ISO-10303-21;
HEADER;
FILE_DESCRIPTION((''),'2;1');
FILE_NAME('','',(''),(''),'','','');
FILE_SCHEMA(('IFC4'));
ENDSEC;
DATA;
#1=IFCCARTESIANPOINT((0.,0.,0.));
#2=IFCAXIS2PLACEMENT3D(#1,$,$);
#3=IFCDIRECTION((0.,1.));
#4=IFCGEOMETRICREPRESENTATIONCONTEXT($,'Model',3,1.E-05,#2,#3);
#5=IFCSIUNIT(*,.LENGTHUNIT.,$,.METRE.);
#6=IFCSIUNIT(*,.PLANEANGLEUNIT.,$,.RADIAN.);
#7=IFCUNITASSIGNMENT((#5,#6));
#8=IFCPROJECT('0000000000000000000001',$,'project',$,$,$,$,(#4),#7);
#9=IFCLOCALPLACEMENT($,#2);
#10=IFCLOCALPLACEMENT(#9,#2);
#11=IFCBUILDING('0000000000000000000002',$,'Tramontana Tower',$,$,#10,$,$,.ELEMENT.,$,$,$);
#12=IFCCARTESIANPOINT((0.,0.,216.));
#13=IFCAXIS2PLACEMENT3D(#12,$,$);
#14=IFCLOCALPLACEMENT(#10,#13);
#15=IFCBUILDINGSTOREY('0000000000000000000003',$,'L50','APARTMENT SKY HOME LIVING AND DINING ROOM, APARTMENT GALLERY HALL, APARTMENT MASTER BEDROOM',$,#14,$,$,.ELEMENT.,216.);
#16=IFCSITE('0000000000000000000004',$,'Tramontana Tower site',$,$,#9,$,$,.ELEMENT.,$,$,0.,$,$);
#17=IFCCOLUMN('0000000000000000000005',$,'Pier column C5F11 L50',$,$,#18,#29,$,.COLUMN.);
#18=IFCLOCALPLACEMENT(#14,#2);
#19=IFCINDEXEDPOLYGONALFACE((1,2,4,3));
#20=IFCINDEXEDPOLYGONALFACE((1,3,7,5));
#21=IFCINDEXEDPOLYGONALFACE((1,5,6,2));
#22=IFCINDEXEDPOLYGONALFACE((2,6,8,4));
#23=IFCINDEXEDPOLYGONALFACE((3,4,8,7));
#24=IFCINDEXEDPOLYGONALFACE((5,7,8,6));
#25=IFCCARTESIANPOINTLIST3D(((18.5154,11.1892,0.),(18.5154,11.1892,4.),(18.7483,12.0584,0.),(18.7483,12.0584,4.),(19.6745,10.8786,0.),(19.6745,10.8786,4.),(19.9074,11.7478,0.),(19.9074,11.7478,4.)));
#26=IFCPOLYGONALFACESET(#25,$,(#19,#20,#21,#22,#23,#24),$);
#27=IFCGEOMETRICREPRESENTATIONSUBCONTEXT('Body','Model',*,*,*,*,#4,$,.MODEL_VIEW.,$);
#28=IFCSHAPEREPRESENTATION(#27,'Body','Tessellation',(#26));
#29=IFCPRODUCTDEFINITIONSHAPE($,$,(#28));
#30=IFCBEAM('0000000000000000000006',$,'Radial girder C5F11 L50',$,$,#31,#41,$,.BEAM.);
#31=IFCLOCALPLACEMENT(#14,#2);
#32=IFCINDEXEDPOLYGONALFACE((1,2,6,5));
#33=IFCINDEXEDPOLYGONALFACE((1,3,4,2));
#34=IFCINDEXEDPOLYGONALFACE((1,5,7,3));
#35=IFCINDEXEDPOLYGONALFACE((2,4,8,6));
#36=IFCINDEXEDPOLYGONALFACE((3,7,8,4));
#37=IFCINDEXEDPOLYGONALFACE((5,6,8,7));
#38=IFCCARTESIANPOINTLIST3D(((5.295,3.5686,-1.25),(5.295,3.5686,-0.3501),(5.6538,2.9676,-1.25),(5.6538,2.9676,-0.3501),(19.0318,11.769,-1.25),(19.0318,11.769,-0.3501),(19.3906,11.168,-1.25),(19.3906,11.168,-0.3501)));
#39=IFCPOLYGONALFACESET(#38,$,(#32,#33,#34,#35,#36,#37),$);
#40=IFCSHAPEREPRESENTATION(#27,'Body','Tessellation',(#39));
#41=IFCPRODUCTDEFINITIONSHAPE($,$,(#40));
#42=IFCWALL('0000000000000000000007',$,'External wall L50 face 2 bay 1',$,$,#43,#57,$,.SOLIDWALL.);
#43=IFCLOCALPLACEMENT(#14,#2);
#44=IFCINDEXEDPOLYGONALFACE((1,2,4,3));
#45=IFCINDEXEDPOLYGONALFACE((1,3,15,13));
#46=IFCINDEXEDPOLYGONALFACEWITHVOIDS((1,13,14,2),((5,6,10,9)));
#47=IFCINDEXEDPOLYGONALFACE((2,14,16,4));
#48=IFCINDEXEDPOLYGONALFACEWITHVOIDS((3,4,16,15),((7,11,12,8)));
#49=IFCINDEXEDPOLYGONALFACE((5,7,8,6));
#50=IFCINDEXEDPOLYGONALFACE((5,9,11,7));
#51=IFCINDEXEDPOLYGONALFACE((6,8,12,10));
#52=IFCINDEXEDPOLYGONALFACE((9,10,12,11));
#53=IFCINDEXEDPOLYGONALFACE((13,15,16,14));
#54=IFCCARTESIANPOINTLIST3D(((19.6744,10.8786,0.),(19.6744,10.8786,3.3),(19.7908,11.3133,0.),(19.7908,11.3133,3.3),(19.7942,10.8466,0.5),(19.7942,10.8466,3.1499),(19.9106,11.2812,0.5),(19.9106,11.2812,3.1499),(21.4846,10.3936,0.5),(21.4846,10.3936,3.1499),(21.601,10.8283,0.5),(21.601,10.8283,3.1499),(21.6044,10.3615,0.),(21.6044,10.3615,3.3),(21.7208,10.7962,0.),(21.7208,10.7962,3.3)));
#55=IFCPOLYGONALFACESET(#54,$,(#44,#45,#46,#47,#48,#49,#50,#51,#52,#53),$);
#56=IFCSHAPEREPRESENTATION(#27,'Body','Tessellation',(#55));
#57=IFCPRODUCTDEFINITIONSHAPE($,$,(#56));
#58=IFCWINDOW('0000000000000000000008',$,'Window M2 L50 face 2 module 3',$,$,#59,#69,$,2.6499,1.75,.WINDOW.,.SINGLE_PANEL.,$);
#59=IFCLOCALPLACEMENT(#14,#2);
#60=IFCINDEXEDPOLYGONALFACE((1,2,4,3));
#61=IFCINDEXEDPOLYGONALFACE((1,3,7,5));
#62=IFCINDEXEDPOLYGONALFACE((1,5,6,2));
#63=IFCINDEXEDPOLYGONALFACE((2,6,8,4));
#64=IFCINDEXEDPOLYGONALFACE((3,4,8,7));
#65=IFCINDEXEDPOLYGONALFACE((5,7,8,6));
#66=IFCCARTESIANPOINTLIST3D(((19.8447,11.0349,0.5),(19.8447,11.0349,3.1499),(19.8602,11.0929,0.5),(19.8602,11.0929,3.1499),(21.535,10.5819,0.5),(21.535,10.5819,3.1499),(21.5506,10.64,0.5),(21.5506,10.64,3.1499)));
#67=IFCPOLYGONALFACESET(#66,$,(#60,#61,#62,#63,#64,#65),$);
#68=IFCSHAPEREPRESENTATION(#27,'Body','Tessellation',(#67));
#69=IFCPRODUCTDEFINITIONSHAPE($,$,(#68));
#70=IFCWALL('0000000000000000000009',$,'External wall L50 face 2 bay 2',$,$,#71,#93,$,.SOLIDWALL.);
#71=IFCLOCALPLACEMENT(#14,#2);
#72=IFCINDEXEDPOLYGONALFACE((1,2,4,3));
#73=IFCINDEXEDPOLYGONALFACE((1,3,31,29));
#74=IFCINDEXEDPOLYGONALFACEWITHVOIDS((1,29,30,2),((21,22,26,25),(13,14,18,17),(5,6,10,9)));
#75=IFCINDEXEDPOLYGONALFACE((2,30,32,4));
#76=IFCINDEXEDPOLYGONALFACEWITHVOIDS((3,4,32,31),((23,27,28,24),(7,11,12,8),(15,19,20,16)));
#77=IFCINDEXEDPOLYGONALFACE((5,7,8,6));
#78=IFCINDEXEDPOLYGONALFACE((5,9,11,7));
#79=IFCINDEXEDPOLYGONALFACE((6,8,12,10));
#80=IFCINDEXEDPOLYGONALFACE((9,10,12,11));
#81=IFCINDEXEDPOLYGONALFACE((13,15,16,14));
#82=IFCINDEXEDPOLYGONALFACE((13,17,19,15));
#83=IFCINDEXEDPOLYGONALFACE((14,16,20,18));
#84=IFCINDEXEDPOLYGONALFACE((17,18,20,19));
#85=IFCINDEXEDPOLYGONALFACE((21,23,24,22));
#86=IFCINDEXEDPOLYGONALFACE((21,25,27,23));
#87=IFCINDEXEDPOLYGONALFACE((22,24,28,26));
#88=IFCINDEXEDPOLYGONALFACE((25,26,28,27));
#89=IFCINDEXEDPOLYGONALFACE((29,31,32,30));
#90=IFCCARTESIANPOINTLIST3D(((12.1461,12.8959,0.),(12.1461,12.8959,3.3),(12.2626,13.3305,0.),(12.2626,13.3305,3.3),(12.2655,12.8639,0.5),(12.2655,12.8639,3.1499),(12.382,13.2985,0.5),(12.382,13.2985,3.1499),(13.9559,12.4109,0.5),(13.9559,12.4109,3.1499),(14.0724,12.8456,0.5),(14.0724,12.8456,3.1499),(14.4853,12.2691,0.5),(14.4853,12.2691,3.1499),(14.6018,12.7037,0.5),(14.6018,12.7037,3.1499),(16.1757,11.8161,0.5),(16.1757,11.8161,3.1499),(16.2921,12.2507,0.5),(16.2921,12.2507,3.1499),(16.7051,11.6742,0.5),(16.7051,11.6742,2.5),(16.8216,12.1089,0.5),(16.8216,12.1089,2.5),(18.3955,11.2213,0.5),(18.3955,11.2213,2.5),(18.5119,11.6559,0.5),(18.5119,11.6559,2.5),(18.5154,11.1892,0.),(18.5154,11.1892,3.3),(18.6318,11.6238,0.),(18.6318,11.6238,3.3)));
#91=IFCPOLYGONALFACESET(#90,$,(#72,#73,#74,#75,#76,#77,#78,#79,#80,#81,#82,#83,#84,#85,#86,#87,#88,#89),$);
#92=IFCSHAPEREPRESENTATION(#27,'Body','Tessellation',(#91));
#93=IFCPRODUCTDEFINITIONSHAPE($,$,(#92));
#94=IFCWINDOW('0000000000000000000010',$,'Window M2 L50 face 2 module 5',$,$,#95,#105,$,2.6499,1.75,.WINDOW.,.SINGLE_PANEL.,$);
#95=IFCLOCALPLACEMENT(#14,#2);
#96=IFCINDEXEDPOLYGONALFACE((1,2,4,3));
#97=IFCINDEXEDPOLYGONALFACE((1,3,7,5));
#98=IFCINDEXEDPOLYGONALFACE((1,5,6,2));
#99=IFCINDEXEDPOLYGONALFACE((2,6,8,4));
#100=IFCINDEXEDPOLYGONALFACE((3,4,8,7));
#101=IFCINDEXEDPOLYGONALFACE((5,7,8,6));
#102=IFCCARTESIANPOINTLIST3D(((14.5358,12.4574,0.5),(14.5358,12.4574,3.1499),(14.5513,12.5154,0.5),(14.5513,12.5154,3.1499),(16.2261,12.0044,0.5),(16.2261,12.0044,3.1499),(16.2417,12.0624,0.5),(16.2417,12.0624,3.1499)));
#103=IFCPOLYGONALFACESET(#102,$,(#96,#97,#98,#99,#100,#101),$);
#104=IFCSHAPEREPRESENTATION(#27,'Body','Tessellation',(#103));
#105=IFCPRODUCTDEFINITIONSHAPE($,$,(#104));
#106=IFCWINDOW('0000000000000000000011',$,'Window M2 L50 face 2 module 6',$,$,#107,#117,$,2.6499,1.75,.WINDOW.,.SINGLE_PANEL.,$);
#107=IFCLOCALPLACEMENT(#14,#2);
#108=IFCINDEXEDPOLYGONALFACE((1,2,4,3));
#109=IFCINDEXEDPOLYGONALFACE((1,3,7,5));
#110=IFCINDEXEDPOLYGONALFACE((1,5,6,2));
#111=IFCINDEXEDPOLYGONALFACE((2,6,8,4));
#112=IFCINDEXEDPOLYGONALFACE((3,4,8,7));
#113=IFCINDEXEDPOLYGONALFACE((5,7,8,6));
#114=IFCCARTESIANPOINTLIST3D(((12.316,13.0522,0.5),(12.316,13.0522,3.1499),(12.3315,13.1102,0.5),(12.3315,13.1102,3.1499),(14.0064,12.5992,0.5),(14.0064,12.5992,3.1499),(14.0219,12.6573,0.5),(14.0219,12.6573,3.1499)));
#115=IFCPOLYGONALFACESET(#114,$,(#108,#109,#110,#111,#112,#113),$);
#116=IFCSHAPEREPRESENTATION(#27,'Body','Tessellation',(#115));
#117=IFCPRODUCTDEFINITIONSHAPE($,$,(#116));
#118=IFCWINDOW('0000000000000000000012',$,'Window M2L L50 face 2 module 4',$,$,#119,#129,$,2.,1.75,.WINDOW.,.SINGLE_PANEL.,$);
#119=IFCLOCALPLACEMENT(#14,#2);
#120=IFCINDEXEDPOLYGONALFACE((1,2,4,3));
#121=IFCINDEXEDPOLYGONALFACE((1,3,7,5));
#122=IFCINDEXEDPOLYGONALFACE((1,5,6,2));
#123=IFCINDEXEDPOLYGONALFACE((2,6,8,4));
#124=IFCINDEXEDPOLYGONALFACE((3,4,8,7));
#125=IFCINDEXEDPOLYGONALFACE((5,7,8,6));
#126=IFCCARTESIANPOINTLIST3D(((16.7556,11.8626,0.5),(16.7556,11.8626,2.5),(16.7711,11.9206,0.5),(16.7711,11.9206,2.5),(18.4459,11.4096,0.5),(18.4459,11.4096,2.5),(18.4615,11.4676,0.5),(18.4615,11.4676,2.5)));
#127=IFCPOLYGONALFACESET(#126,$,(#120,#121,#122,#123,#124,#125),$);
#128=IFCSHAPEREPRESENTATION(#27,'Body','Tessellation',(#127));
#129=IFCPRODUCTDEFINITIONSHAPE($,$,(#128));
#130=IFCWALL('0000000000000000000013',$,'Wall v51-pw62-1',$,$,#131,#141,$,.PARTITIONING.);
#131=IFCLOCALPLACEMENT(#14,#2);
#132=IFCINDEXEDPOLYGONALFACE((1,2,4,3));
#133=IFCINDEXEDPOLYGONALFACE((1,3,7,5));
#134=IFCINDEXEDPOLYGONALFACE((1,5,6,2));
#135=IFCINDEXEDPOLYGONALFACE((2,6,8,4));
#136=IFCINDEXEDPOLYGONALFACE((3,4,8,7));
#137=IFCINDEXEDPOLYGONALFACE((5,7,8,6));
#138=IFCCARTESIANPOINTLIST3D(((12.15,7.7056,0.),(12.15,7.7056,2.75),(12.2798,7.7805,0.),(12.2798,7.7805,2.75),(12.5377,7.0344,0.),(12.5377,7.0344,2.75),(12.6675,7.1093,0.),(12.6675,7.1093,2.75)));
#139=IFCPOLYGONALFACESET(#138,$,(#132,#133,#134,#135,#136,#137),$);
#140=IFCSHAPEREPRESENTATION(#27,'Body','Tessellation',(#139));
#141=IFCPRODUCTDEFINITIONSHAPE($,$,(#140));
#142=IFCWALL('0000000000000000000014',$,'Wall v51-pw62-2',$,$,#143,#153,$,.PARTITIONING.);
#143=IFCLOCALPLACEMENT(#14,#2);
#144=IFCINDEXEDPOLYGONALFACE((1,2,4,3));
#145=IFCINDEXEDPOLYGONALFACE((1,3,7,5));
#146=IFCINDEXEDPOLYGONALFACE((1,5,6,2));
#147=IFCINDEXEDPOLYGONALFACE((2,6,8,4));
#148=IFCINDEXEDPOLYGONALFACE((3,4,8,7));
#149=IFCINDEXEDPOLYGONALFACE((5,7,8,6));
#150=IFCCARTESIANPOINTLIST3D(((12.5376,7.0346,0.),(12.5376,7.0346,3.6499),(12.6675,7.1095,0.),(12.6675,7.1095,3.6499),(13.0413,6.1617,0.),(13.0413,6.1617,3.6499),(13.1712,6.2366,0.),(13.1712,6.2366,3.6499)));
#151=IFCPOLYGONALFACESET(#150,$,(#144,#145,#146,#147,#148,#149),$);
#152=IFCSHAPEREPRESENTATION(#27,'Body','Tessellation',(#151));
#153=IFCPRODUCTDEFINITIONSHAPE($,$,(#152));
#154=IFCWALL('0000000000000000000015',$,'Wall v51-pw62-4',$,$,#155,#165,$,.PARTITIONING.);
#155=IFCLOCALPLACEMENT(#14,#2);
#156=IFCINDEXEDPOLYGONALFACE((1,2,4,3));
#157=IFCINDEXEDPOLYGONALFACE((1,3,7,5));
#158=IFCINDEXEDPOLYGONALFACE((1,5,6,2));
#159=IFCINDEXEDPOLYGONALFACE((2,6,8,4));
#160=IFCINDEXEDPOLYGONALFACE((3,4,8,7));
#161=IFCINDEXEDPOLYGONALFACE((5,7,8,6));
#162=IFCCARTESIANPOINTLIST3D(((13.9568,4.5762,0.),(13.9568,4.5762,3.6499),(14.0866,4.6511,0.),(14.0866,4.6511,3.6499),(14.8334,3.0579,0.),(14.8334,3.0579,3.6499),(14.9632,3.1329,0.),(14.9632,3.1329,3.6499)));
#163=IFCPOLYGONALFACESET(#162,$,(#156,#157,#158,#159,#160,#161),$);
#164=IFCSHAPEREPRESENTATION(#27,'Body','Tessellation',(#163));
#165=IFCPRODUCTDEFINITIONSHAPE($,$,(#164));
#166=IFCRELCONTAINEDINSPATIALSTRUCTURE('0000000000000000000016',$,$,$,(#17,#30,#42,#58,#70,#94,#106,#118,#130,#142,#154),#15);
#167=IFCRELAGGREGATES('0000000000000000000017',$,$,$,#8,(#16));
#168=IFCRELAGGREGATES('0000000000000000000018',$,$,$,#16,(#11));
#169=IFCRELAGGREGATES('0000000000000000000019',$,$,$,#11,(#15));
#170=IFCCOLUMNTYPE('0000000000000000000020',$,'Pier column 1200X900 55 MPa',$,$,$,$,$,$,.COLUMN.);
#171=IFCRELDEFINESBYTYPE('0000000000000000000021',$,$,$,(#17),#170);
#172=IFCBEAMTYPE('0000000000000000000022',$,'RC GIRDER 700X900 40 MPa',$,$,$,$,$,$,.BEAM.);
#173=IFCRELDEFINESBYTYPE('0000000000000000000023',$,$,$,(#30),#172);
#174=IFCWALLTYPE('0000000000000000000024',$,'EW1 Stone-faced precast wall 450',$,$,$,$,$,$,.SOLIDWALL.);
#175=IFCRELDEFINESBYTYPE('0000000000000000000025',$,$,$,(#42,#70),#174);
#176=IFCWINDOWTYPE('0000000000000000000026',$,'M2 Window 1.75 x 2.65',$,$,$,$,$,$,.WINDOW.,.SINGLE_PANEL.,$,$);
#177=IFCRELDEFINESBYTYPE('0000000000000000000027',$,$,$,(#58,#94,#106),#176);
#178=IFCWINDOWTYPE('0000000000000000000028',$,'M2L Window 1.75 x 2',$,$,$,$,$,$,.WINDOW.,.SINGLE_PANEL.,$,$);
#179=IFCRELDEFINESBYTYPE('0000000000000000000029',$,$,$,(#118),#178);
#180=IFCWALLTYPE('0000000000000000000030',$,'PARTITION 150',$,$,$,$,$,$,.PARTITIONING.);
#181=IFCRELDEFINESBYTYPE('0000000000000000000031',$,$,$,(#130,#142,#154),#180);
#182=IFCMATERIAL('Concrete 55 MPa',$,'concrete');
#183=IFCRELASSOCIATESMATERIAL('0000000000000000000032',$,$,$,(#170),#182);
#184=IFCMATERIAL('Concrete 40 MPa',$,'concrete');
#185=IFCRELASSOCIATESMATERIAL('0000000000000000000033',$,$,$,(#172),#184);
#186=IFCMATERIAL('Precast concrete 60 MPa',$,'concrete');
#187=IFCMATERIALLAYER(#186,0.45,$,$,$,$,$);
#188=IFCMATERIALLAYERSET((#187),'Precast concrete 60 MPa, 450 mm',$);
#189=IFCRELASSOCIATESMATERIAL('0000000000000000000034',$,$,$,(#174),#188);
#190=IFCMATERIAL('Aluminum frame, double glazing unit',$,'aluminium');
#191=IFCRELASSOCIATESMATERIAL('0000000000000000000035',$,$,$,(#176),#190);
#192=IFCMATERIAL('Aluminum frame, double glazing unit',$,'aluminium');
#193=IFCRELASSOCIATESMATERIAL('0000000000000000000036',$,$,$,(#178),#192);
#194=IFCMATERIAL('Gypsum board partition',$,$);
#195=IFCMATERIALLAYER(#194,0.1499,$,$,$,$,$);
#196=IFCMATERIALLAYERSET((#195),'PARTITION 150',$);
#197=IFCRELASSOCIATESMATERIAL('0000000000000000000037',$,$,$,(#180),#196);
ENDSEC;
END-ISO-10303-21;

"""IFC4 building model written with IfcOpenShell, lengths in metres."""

from ifc_helpers import new_model, si_unit, direction, frame, frame_2d, origin, origin_2d, place, context, subcontext, project, spatial, rectangle, extrude, material, layer, layer_set, material_profile, profile_set, type_object, element, fill, save


model = new_model("IFC4")

# Units and contexts
model_context = context("Model", 3, precision=1e-05, world=origin(), true_north=direction((0.0, 1.0)))
body_context = subcontext(model_context, "Body", "Model", "MODEL_VIEW")
ifc_project = project(units=[si_unit("LENGTHUNIT", "METRE"), si_unit("PLANEANGLEUNIT", "RADIAN")], contexts=[model_context])

# Site, building, storey
site_placement = place(None, origin())
site = spatial("IfcSite", under=ifc_project, at=site_placement, Name="Tramontana Tower site", CompositionType="ELEMENT", RefElevation=0.0)
building_placement = place(site_placement, origin())
building = spatial("IfcBuilding", under=site, at=building_placement, Name="Tramontana Tower", CompositionType="ELEMENT")
storey_placement = place(building_placement, frame((0.0, 0.0, 216.0)))
storey = spatial("IfcBuildingStorey", under=building, at=storey_placement, Name="L50", Description="APARTMENT SKY HOME LIVING AND DINING ROOM, APARTMENT GALLERY HALL, APARTMENT MASTER BEDROOM", CompositionType="ELEMENT", Elevation=216.0)

# Column
ifc_material_1 = material(Name="Concrete 55 MPa", Category="concrete")
ifc_material_profile_1 = material_profile(ifc_material_1, rectangle(XDim=1.2, YDim=0.8999, at=origin_2d()), Name="Pier column 1200X900 55 MPa")
ifc_profile_set_1 = profile_set([ifc_material_profile_1], Name="Concrete 55 MPa")
column_type = type_object("IfcColumnType", Name="Pier column 1200X900 55 MPa", PredefinedType="COLUMN", material=ifc_profile_set_1)
column_placement = place(storey_placement, frame((19.2114, 11.4685, 0.0), z_axis=(0.0, 0.0, 1.0), x_axis=(-0.965926, 0.258819, 0.0)))
element("IfcColumn", 1, at=column_placement, inside=storey, type_object=column_type, Name="Pier column C5F11 L50", PredefinedType="COLUMN", context=body_context, shape_type="SweptSolid", body=[
    extrude(rectangle(XDim=1.2, YDim=0.8999, at=origin_2d()), origin(), (0.0, 0.0, 1.0), 4.0),
])

# Beam
ifc_material_2 = material(Name="Concrete 40 MPa", Category="concrete")
ifc_material_profile_2 = material_profile(ifc_material_2, rectangle(XDim=0.7, YDim=0.8999, at=origin_2d()), Name="RC GIRDER 700X900 40 MPa")
ifc_profile_set_2 = profile_set([ifc_material_profile_2], Name="Concrete 40 MPa")
beam_type = type_object("IfcBeamType", Name="RC GIRDER 700X900 40 MPa", PredefinedType="BEAM", material=ifc_profile_set_2)
beam_placement = place(storey_placement, frame((19.2112, 11.4685, -0.8), z_axis=(-0.858639, -0.51258, 0.0), x_axis=(0.51258, -0.858639, 0.0)))
element("IfcBeam", 2, at=beam_placement, inside=storey, type_object=beam_type, Name="Radial girder C5F11 L50", PredefinedType="BEAM", context=body_context, shape_type="SweptSolid", body=[
    extrude(rectangle(XDim=0.7, YDim=0.8999, at=origin_2d()), origin(), (0.0, 0.0, 1.0), 15.9983),
])

# Wall, opening, window
ifc_material_3 = material(Name="Precast concrete 60 MPa", Category="concrete")
ifc_layer_1 = layer(ifc_material_3, 0.45)
ifc_layer_set_1 = layer_set([ifc_layer_1], Name="Precast concrete 60 MPa, 450 mm")
wall_type_1 = type_object("IfcWallType", Name="EW1 Stone-faced precast wall 450", PredefinedType="SOLIDWALL", material=ifc_layer_set_1)
wall_1_placement = place(storey_placement, frame((21.6626, 10.5789, 0.0), z_axis=(0.0, 0.0, 1.0), x_axis=(-0.96593, 0.258803, 0.0)))
wall_1 = element("IfcWall", 3, at=wall_1_placement, inside=storey, type_object=wall_type_1, Name="External wall L50 face 2 bay 1", PredefinedType="SOLIDWALL", context=body_context, shape_type="SweptSolid", body=[
    extrude(rectangle(XDim=1.998, YDim=0.45, at=frame_2d((0.999, 0.0))), origin(), (0.0, 0.0, 1.0), 3.3),
])
opening_1_placement = place(wall_1_placement, frame((0.124, 0.0, 0.5)))
opening_1 = element("IfcOpeningElement", 4, at=opening_1_placement, cuts=wall_1, PredefinedType="OPENING", context=body_context, shape_type="SweptSolid", body=[
    extrude(rectangle(XDim=1.75, YDim=2.6499, at=frame_2d((0.875, 1.325))), frame((0.0, 0.2349, 0.0), z_axis=(0.0, -1.0, 0.0), x_axis=(1.0, 0.0, 0.0)), (0.0, 0.0, 1.0), 0.47),
])
ifc_material_4 = material(Name="Aluminum frame, double glazing unit", Category="aluminium")
window_type_1 = type_object("IfcWindowType", Name="M2 Window 1.75 x 2.65", PartitioningType="SINGLE_PANEL", PredefinedType="WINDOW", material=ifc_material_4)
window_1_placement = place(opening_1_placement, origin())
window_1 = element("IfcWindow", 5, at=window_1_placement, inside=storey, type_object=window_type_1, Name="Window M2 L50 face 2 module 3", OverallHeight=2.6499, OverallWidth=1.75, PartitioningType="SINGLE_PANEL", PredefinedType="WINDOW", context=body_context, shape_type="SweptSolid", body=[
    extrude(rectangle(XDim=1.75, YDim=2.6499, at=frame_2d((0.875, 1.325))), frame((0.0, 0.03, 0.0), z_axis=(0.0, -1.0, 0.0), x_axis=(1.0, 0.0, 0.0)), (0.0, 0.0, 1.0), 0.0601),
])
fill(opening_1, window_1)

# Wall, openings, windows
wall_2_placement = place(storey_placement, frame((18.5735, 11.4065, 0.0), z_axis=(0.0, 0.0, 1.0), x_axis=(-0.965921, 0.258835, 0.0)))
wall_2 = element("IfcWall", 6, at=wall_2_placement, inside=storey, type_object=wall_type_1, Name="External wall L50 face 2 bay 2", PredefinedType="SOLIDWALL", context=body_context, shape_type="SweptSolid", body=[
    extrude(rectangle(XDim=6.594, YDim=0.45, at=frame_2d((3.2969, 0.0))), origin(), (0.0, 0.0, 1.0), 3.3),
])
opening_2_placement = place(wall_2_placement, frame((0.124, 0.0, 0.5)))
opening_2 = element("IfcOpeningElement", 7, at=opening_2_placement, cuts=wall_2, PredefinedType="OPENING", context=body_context, shape_type="SweptSolid", body=[
    extrude(rectangle(XDim=1.75, YDim=2.0, at=frame_2d((0.875, 1.0))), frame((0.0, 0.2349, 0.0), z_axis=(0.0, -1.0, 0.0), x_axis=(1.0, 0.0, 0.0)), (0.0, 0.0, 1.0), 0.47),
])
opening_3_placement = place(wall_2_placement, frame((2.4221, 0.0, 0.5)))
opening_3 = element("IfcOpeningElement", 8, at=opening_3_placement, cuts=wall_2, PredefinedType="OPENING", context=body_context, shape_type="SweptSolid", body=[
    extrude(rectangle(XDim=1.75, YDim=2.6499, at=frame_2d((0.875, 1.325))), frame((0.0, 0.2349, 0.0), z_axis=(0.0, -1.0, 0.0), x_axis=(1.0, 0.0, 0.0)), (0.0, 0.0, 1.0), 0.47),
])
opening_4_placement = place(wall_2_placement, frame((4.7202, 0.0, 0.5)))
opening_4 = element("IfcOpeningElement", 9, at=opening_4_placement, cuts=wall_2, PredefinedType="OPENING", context=body_context, shape_type="SweptSolid", body=[
    extrude(rectangle(XDim=1.75, YDim=2.6499, at=frame_2d((0.875, 1.325))), frame((0.0, 0.2349, 0.0), z_axis=(0.0, -1.0, 0.0), x_axis=(1.0, 0.0, 0.0)), (0.0, 0.0, 1.0), 0.47),
])
window_2_placement = place(opening_3_placement, origin())
window_2 = element("IfcWindow", 10, at=window_2_placement, inside=storey, type_object=window_type_1, Name="Window M2 L50 face 2 module 5", OverallHeight=2.6499, OverallWidth=1.75, PartitioningType="SINGLE_PANEL", PredefinedType="WINDOW", context=body_context, shape_type="SweptSolid", body=[
    extrude(rectangle(XDim=1.75, YDim=2.6499, at=frame_2d((0.875, 1.325))), frame((0.0, 0.03, 0.0), z_axis=(0.0, -1.0, 0.0), x_axis=(1.0, 0.0, 0.0)), (0.0, 0.0, 1.0), 0.0601),
])
fill(opening_3, window_2)
window_3_placement = place(opening_4_placement, origin())
window_3 = element("IfcWindow", 11, at=window_3_placement, inside=storey, type_object=window_type_1, Name="Window M2 L50 face 2 module 6", OverallHeight=2.6499, OverallWidth=1.75, PartitioningType="SINGLE_PANEL", PredefinedType="WINDOW", context=body_context, shape_type="SweptSolid", body=[
    extrude(rectangle(XDim=1.75, YDim=2.6499, at=frame_2d((0.875, 1.325))), frame((0.0, 0.03, 0.0), z_axis=(0.0, -1.0, 0.0), x_axis=(1.0, 0.0, 0.0)), (0.0, 0.0, 1.0), 0.0601),
])
fill(opening_4, window_3)
ifc_material_5 = material(Name="Aluminum frame, double glazing unit", Category="aluminium")
window_type_2 = type_object("IfcWindowType", Name="M2L Window 1.75 x 2", PartitioningType="SINGLE_PANEL", PredefinedType="WINDOW", material=ifc_material_5)
window_4_placement = place(opening_2_placement, origin())
window_4 = element("IfcWindow", 12, at=window_4_placement, inside=storey, type_object=window_type_2, Name="Window M2L L50 face 2 module 4", OverallHeight=2.0, OverallWidth=1.75, PartitioningType="SINGLE_PANEL", PredefinedType="WINDOW", context=body_context, shape_type="SweptSolid", body=[
    extrude(rectangle(XDim=1.75, YDim=2.0, at=frame_2d((0.875, 1.0))), frame((0.0, 0.03, 0.0), z_axis=(0.0, -1.0, 0.0), x_axis=(1.0, 0.0, 0.0)), (0.0, 0.0, 1.0), 0.0601),
])
fill(opening_2, window_4)

# Walls
ifc_material_6 = material(Name="Gypsum board partition")
ifc_layer_2 = layer(ifc_material_6, 0.1499)
ifc_layer_set_2 = layer_set([ifc_layer_2], Name="PARTITION 150")
wall_type_2 = type_object("IfcWallType", Name="PARTITION 150", PredefinedType="PARTITIONING", material=ifc_layer_set_2)
wall_3_placement = place(storey_placement, frame((12.2148, 7.7432, 0.0), z_axis=(0.0, 0.0, 1.0), x_axis=(0.500204, -0.865908, 0.0)))
element("IfcWall", 13, at=wall_3_placement, inside=storey, type_object=wall_type_2, Name="Wall v51-pw62-1", PredefinedType="PARTITIONING", context=body_context, shape_type="SweptSolid", body=[
    extrude(rectangle(XDim=0.7751, YDim=0.1499, at=frame_2d((0.3877, 0.0))), origin(), (0.0, 0.0, 1.0), 2.75),
])
wall_4_placement = place(storey_placement, frame((12.6025, 7.072, 0.0), z_axis=(0.0, 0.0, 1.0), x_axis=(0.499813, -0.866133, 0.0)))
element("IfcWall", 14, at=wall_4_placement, inside=storey, type_object=wall_type_2, Name="Wall v51-pw62-2", PredefinedType="PARTITIONING", context=body_context, shape_type="SweptSolid", body=[
    extrude(rectangle(XDim=1.0078, YDim=0.1499, at=frame_2d((0.5039, 0.0))), origin(), (0.0, 0.0, 1.0), 3.6499),
])

# Wall
wall_5_placement = place(storey_placement, frame((14.0217, 4.6135, 0.0), z_axis=(0.0, 0.0, 1.0), x_axis=(0.500048, -0.865998, 0.0)))
element("IfcWall", 15, at=wall_5_placement, inside=storey, type_object=wall_type_2, Name="Wall v51-pw62-4", PredefinedType="PARTITIONING", context=body_context, shape_type="SweptSolid", body=[
    extrude(rectangle(XDim=1.7532, YDim=0.1499, at=frame_2d((0.8765, 0.0))), origin(), (0.0, 0.0, 1.0), 3.6499),
])

save(model, "model.ifc")
